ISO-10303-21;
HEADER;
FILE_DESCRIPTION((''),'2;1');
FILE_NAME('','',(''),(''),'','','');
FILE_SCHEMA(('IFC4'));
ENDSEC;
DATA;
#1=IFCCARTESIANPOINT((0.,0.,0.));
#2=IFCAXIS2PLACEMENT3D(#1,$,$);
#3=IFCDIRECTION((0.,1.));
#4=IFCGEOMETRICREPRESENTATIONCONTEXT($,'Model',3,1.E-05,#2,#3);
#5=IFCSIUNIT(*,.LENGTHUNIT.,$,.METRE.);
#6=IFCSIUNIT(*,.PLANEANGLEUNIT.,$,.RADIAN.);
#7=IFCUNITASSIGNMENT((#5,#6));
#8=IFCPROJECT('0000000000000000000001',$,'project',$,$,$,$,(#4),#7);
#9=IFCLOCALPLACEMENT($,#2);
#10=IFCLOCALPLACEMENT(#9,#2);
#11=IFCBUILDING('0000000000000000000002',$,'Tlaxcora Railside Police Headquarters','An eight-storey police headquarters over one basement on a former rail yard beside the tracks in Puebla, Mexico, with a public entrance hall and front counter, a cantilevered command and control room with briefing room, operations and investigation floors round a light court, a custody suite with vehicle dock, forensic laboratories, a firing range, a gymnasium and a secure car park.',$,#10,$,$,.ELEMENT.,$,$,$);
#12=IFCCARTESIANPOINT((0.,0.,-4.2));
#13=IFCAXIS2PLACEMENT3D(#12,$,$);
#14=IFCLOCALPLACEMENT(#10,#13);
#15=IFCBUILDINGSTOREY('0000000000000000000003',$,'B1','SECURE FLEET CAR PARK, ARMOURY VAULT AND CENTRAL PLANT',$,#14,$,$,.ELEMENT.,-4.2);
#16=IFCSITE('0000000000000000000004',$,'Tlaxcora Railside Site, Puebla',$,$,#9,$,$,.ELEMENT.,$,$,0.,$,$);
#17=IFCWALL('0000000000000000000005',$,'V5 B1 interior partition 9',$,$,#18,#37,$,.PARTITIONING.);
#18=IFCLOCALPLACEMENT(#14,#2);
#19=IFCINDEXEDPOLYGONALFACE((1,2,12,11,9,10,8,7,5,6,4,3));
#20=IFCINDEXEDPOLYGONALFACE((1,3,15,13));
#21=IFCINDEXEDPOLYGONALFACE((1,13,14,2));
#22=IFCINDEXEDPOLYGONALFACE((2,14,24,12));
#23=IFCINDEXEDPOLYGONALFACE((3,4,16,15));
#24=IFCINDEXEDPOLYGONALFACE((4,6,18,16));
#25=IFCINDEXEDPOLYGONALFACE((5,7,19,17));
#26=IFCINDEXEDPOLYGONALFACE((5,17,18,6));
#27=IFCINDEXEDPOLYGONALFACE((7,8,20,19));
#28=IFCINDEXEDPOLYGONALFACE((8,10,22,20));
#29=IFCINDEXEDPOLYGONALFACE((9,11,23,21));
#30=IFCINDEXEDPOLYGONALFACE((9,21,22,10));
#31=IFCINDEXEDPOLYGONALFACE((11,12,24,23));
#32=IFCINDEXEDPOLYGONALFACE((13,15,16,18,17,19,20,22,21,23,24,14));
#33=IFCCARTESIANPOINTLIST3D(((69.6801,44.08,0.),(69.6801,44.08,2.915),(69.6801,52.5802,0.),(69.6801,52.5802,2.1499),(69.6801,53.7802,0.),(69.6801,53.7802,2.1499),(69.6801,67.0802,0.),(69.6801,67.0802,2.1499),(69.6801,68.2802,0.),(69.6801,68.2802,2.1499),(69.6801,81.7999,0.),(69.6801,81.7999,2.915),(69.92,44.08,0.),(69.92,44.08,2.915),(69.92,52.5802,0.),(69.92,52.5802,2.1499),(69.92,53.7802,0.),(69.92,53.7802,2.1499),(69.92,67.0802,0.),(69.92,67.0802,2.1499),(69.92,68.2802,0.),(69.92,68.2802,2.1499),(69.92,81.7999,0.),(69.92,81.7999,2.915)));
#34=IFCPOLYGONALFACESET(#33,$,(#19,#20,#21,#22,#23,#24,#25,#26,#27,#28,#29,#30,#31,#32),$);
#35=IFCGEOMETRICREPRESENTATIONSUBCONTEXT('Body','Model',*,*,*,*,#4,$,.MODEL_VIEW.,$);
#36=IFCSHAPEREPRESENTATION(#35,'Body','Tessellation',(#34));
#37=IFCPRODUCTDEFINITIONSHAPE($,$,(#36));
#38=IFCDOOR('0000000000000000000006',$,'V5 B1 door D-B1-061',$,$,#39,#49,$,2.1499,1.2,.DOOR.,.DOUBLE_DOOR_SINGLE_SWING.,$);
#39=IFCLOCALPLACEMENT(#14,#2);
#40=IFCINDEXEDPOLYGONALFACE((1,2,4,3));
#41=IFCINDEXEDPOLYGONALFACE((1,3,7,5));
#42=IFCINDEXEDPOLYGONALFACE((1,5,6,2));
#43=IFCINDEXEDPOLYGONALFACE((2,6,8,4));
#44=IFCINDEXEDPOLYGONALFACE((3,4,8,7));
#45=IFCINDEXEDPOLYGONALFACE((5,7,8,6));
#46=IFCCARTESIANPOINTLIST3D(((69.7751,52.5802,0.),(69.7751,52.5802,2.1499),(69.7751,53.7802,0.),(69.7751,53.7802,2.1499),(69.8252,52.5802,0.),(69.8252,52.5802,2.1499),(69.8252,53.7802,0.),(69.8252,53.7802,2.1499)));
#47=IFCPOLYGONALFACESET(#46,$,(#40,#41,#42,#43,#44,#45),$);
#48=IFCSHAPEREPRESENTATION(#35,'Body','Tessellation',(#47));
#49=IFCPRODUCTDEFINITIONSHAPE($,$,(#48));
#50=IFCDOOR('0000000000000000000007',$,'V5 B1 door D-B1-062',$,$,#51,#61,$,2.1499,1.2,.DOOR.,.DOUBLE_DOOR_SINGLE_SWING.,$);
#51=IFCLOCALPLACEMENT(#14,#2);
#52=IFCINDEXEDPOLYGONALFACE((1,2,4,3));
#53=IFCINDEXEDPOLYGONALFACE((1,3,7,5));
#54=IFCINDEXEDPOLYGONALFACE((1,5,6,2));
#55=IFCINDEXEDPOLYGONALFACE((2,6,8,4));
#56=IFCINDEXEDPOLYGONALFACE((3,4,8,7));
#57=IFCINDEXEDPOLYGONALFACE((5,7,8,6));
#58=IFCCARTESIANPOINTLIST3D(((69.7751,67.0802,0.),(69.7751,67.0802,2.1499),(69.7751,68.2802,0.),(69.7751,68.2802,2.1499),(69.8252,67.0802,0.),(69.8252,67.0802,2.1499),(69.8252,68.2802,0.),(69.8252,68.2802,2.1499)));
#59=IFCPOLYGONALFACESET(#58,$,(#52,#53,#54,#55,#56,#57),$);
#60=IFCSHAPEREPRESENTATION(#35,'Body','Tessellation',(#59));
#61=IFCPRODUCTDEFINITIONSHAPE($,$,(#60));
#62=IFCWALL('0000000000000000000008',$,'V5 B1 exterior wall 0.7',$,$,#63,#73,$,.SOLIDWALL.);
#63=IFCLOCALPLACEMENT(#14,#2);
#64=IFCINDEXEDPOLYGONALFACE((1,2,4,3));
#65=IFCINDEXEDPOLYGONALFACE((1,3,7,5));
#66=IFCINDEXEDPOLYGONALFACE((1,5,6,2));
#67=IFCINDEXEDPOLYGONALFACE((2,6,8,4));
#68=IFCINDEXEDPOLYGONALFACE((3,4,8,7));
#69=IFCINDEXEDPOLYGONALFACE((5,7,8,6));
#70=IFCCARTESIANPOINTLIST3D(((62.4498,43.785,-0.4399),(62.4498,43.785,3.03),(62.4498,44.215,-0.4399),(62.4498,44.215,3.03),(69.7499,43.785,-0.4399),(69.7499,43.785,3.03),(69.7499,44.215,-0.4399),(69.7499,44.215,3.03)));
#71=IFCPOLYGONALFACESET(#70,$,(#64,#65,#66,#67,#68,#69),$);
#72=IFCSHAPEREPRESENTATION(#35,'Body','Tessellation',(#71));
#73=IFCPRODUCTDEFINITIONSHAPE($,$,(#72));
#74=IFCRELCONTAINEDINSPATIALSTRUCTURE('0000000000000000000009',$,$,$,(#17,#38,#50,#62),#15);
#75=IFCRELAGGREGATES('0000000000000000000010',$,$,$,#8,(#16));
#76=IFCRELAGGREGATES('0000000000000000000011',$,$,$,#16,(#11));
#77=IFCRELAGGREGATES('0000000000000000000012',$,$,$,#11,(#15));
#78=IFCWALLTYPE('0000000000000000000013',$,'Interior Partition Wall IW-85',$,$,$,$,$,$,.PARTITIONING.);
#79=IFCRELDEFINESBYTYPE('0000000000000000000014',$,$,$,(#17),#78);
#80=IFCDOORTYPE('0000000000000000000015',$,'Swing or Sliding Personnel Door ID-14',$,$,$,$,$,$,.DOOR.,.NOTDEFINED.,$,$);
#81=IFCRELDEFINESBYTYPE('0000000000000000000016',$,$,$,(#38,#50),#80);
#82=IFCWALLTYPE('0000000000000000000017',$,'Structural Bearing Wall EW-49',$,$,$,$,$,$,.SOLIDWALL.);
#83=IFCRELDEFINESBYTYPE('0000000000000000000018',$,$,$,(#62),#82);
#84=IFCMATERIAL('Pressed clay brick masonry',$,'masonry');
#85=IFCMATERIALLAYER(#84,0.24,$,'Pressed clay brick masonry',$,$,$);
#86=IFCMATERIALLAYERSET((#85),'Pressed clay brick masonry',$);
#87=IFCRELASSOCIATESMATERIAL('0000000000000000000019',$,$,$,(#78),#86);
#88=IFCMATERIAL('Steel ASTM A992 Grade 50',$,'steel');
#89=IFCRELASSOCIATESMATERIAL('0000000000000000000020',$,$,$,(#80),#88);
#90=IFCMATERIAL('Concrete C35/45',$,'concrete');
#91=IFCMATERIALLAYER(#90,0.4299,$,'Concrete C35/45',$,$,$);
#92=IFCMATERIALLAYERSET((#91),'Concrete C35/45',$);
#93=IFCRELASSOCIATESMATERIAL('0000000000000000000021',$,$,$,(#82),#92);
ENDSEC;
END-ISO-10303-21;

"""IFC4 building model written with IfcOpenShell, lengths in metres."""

from ifc_helpers import new_model, si_unit, direction, frame, frame_2d, origin, place, context, subcontext, project, spatial, rectangle, extrude, material, layer, layer_set, type_object, element, fill, save


model = new_model("IFC4")

# Units and contexts
model_context = context("Model", 3, precision=1e-05, world=origin(), true_north=direction((0.0, 1.0)))
body_context = subcontext(model_context, "Body", "Model", "MODEL_VIEW")
ifc_project = project(units=[si_unit("LENGTHUNIT", "METRE"), si_unit("PLANEANGLEUNIT", "RADIAN")], contexts=[model_context])

# Site, building, storey
site_placement = place(None, origin())
site = spatial("IfcSite", under=ifc_project, at=site_placement, Name="Tlaxcora Railside Site, Puebla", CompositionType="ELEMENT", RefElevation=0.0)
building_placement = place(site_placement, origin())
building = spatial("IfcBuilding", under=site, at=building_placement, Name="Tlaxcora Railside Police Headquarters", Description="An eight-storey police headquarters over one basement on a former rail yard beside the tracks in Puebla, Mexico, with a public entrance hall and front counter, a cantilevered command and control room with briefing room, operations and investigation floors round a light court, a custody suite with vehicle dock, forensic laboratories, a firing range, a gymnasium and a secure car park.", CompositionType="ELEMENT")
storey_placement = place(building_placement, frame((0.0, 0.0, -4.2)))
storey = spatial("IfcBuildingStorey", under=building, at=storey_placement, Name="B1", Description="SECURE FLEET CAR PARK, ARMOURY VAULT AND CENTRAL PLANT", CompositionType="ELEMENT", Elevation=-4.2)

# Shared definitions
ifc_material_1 = material(Name="Concrete C35/45", Category="concrete")

# Shared definitions
ifc_material_2 = material(Name="Steel ASTM A992 Grade 50", Category="steel")

# Wall, openings, doors
ifc_material_3 = material(Name="Pressed clay brick masonry", Category="masonry")
ifc_layer_1 = layer(ifc_material_3, 0.24, Name="Pressed clay brick masonry")
ifc_layer_set_1 = layer_set([ifc_layer_1], Name="Pressed clay brick masonry")
wall_type_1 = type_object("IfcWallType", Name="Interior Partition Wall IW-85", PredefinedType="PARTITIONING", material=ifc_layer_set_1)
wall_1_placement = place(storey_placement, frame((69.8, 44.0801, 0.0), z_axis=(0.0, 0.0, 1.0), x_axis=(0.0, 1.0, 0.0)))
wall_1 = element("IfcWall", 1, at=wall_1_placement, inside=storey, type_object=wall_type_1, Name="V5 B1 interior partition 9", PredefinedType="PARTITIONING", context=body_context, shape_type="SweptSolid", body=[
    extrude(rectangle(XDim=37.72, YDim=0.24, at=frame_2d((18.8599, 0.0))), origin(), (0.0, 0.0, 1.0), 2.915),
])
opening_1_placement = place(wall_1_placement, frame((8.5, 0.0, 0.0)))
opening_1 = element("IfcOpeningElement", 2, at=opening_1_placement, cuts=wall_1, PredefinedType="OPENING", context=body_context, shape_type="SweptSolid", body=[
    extrude(rectangle(XDim=1.2, YDim=2.1499, at=frame_2d((0.6001, 1.075))), frame((0.0, 0.1299, 0.0), z_axis=(0.0, -1.0, 0.0), x_axis=(1.0, 0.0, 0.0)), (0.0, 0.0, 1.0), 0.26),
])
opening_2_placement = place(wall_1_placement, frame((23.0, 0.0, 0.0)))
opening_2 = element("IfcOpeningElement", 3, at=opening_2_placement, cuts=wall_1, PredefinedType="OPENING", context=body_context, shape_type="SweptSolid", body=[
    extrude(rectangle(XDim=1.2, YDim=2.1499, at=frame_2d((0.6001, 1.075))), frame((0.0, 0.1299, 0.0), z_axis=(0.0, -1.0, 0.0), x_axis=(1.0, 0.0, 0.0)), (0.0, 0.0, 1.0), 0.26),
])
door_type = type_object("IfcDoorType", Name="Swing or Sliding Personnel Door ID-14", OperationType="NOTDEFINED", PredefinedType="DOOR", material=ifc_material_2)
door_1_placement = place(opening_1_placement, origin())
door_1 = element("IfcDoor", 4, at=door_1_placement, inside=storey, type_object=door_type, Name="V5 B1 door D-B1-061", OperationType="DOUBLE_DOOR_SINGLE_SWING", OverallHeight=2.1499, OverallWidth=1.2, PredefinedType="DOOR", context=body_context, shape_type="SweptSolid", body=[
    extrude(rectangle(XDim=1.2, YDim=2.1499, at=frame_2d((0.6001, 1.075))), frame((0.0, 0.0249, 0.0), z_axis=(0.0, -1.0, 0.0), x_axis=(1.0, 0.0, 0.0)), (0.0, 0.0, 1.0), 0.05),
])
fill(opening_1, door_1)
door_2_placement = place(opening_2_placement, origin())
door_2 = element("IfcDoor", 5, at=door_2_placement, inside=storey, type_object=door_type, Name="V5 B1 door D-B1-062", OperationType="DOUBLE_DOOR_SINGLE_SWING", OverallHeight=2.1499, OverallWidth=1.2, PredefinedType="DOOR", context=body_context, shape_type="SweptSolid", body=[
    extrude(rectangle(XDim=1.2, YDim=2.1499, at=frame_2d((0.6001, 1.075))), frame((0.0, 0.0249, 0.0), z_axis=(0.0, -1.0, 0.0), x_axis=(1.0, 0.0, 0.0)), (0.0, 0.0, 1.0), 0.05),
])
fill(opening_2, door_2)

# Wall
ifc_layer_2 = layer(ifc_material_1, 0.4299, Name="Concrete C35/45")
ifc_layer_set_2 = layer_set([ifc_layer_2], Name="Concrete C35/45")
wall_type_2 = type_object("IfcWallType", Name="Structural Bearing Wall EW-49", PredefinedType="SOLIDWALL", material=ifc_layer_set_2)
wall_2_placement = place(storey_placement, frame((62.45, 44.0, -0.4399), z_axis=(0.0, 0.0, 1.0), x_axis=(1.0, 0.0, 0.0)))
element("IfcWall", 6, at=wall_2_placement, inside=storey, type_object=wall_type_2, Name="V5 B1 exterior wall 0.7", PredefinedType="SOLIDWALL", context=body_context, shape_type="SweptSolid", body=[
    extrude(rectangle(XDim=7.3, YDim=0.4299, at=frame_2d((3.6499, 0.0))), origin(), (0.0, 0.0, 1.0), 3.47),
])

save(model, "model.ifc")
